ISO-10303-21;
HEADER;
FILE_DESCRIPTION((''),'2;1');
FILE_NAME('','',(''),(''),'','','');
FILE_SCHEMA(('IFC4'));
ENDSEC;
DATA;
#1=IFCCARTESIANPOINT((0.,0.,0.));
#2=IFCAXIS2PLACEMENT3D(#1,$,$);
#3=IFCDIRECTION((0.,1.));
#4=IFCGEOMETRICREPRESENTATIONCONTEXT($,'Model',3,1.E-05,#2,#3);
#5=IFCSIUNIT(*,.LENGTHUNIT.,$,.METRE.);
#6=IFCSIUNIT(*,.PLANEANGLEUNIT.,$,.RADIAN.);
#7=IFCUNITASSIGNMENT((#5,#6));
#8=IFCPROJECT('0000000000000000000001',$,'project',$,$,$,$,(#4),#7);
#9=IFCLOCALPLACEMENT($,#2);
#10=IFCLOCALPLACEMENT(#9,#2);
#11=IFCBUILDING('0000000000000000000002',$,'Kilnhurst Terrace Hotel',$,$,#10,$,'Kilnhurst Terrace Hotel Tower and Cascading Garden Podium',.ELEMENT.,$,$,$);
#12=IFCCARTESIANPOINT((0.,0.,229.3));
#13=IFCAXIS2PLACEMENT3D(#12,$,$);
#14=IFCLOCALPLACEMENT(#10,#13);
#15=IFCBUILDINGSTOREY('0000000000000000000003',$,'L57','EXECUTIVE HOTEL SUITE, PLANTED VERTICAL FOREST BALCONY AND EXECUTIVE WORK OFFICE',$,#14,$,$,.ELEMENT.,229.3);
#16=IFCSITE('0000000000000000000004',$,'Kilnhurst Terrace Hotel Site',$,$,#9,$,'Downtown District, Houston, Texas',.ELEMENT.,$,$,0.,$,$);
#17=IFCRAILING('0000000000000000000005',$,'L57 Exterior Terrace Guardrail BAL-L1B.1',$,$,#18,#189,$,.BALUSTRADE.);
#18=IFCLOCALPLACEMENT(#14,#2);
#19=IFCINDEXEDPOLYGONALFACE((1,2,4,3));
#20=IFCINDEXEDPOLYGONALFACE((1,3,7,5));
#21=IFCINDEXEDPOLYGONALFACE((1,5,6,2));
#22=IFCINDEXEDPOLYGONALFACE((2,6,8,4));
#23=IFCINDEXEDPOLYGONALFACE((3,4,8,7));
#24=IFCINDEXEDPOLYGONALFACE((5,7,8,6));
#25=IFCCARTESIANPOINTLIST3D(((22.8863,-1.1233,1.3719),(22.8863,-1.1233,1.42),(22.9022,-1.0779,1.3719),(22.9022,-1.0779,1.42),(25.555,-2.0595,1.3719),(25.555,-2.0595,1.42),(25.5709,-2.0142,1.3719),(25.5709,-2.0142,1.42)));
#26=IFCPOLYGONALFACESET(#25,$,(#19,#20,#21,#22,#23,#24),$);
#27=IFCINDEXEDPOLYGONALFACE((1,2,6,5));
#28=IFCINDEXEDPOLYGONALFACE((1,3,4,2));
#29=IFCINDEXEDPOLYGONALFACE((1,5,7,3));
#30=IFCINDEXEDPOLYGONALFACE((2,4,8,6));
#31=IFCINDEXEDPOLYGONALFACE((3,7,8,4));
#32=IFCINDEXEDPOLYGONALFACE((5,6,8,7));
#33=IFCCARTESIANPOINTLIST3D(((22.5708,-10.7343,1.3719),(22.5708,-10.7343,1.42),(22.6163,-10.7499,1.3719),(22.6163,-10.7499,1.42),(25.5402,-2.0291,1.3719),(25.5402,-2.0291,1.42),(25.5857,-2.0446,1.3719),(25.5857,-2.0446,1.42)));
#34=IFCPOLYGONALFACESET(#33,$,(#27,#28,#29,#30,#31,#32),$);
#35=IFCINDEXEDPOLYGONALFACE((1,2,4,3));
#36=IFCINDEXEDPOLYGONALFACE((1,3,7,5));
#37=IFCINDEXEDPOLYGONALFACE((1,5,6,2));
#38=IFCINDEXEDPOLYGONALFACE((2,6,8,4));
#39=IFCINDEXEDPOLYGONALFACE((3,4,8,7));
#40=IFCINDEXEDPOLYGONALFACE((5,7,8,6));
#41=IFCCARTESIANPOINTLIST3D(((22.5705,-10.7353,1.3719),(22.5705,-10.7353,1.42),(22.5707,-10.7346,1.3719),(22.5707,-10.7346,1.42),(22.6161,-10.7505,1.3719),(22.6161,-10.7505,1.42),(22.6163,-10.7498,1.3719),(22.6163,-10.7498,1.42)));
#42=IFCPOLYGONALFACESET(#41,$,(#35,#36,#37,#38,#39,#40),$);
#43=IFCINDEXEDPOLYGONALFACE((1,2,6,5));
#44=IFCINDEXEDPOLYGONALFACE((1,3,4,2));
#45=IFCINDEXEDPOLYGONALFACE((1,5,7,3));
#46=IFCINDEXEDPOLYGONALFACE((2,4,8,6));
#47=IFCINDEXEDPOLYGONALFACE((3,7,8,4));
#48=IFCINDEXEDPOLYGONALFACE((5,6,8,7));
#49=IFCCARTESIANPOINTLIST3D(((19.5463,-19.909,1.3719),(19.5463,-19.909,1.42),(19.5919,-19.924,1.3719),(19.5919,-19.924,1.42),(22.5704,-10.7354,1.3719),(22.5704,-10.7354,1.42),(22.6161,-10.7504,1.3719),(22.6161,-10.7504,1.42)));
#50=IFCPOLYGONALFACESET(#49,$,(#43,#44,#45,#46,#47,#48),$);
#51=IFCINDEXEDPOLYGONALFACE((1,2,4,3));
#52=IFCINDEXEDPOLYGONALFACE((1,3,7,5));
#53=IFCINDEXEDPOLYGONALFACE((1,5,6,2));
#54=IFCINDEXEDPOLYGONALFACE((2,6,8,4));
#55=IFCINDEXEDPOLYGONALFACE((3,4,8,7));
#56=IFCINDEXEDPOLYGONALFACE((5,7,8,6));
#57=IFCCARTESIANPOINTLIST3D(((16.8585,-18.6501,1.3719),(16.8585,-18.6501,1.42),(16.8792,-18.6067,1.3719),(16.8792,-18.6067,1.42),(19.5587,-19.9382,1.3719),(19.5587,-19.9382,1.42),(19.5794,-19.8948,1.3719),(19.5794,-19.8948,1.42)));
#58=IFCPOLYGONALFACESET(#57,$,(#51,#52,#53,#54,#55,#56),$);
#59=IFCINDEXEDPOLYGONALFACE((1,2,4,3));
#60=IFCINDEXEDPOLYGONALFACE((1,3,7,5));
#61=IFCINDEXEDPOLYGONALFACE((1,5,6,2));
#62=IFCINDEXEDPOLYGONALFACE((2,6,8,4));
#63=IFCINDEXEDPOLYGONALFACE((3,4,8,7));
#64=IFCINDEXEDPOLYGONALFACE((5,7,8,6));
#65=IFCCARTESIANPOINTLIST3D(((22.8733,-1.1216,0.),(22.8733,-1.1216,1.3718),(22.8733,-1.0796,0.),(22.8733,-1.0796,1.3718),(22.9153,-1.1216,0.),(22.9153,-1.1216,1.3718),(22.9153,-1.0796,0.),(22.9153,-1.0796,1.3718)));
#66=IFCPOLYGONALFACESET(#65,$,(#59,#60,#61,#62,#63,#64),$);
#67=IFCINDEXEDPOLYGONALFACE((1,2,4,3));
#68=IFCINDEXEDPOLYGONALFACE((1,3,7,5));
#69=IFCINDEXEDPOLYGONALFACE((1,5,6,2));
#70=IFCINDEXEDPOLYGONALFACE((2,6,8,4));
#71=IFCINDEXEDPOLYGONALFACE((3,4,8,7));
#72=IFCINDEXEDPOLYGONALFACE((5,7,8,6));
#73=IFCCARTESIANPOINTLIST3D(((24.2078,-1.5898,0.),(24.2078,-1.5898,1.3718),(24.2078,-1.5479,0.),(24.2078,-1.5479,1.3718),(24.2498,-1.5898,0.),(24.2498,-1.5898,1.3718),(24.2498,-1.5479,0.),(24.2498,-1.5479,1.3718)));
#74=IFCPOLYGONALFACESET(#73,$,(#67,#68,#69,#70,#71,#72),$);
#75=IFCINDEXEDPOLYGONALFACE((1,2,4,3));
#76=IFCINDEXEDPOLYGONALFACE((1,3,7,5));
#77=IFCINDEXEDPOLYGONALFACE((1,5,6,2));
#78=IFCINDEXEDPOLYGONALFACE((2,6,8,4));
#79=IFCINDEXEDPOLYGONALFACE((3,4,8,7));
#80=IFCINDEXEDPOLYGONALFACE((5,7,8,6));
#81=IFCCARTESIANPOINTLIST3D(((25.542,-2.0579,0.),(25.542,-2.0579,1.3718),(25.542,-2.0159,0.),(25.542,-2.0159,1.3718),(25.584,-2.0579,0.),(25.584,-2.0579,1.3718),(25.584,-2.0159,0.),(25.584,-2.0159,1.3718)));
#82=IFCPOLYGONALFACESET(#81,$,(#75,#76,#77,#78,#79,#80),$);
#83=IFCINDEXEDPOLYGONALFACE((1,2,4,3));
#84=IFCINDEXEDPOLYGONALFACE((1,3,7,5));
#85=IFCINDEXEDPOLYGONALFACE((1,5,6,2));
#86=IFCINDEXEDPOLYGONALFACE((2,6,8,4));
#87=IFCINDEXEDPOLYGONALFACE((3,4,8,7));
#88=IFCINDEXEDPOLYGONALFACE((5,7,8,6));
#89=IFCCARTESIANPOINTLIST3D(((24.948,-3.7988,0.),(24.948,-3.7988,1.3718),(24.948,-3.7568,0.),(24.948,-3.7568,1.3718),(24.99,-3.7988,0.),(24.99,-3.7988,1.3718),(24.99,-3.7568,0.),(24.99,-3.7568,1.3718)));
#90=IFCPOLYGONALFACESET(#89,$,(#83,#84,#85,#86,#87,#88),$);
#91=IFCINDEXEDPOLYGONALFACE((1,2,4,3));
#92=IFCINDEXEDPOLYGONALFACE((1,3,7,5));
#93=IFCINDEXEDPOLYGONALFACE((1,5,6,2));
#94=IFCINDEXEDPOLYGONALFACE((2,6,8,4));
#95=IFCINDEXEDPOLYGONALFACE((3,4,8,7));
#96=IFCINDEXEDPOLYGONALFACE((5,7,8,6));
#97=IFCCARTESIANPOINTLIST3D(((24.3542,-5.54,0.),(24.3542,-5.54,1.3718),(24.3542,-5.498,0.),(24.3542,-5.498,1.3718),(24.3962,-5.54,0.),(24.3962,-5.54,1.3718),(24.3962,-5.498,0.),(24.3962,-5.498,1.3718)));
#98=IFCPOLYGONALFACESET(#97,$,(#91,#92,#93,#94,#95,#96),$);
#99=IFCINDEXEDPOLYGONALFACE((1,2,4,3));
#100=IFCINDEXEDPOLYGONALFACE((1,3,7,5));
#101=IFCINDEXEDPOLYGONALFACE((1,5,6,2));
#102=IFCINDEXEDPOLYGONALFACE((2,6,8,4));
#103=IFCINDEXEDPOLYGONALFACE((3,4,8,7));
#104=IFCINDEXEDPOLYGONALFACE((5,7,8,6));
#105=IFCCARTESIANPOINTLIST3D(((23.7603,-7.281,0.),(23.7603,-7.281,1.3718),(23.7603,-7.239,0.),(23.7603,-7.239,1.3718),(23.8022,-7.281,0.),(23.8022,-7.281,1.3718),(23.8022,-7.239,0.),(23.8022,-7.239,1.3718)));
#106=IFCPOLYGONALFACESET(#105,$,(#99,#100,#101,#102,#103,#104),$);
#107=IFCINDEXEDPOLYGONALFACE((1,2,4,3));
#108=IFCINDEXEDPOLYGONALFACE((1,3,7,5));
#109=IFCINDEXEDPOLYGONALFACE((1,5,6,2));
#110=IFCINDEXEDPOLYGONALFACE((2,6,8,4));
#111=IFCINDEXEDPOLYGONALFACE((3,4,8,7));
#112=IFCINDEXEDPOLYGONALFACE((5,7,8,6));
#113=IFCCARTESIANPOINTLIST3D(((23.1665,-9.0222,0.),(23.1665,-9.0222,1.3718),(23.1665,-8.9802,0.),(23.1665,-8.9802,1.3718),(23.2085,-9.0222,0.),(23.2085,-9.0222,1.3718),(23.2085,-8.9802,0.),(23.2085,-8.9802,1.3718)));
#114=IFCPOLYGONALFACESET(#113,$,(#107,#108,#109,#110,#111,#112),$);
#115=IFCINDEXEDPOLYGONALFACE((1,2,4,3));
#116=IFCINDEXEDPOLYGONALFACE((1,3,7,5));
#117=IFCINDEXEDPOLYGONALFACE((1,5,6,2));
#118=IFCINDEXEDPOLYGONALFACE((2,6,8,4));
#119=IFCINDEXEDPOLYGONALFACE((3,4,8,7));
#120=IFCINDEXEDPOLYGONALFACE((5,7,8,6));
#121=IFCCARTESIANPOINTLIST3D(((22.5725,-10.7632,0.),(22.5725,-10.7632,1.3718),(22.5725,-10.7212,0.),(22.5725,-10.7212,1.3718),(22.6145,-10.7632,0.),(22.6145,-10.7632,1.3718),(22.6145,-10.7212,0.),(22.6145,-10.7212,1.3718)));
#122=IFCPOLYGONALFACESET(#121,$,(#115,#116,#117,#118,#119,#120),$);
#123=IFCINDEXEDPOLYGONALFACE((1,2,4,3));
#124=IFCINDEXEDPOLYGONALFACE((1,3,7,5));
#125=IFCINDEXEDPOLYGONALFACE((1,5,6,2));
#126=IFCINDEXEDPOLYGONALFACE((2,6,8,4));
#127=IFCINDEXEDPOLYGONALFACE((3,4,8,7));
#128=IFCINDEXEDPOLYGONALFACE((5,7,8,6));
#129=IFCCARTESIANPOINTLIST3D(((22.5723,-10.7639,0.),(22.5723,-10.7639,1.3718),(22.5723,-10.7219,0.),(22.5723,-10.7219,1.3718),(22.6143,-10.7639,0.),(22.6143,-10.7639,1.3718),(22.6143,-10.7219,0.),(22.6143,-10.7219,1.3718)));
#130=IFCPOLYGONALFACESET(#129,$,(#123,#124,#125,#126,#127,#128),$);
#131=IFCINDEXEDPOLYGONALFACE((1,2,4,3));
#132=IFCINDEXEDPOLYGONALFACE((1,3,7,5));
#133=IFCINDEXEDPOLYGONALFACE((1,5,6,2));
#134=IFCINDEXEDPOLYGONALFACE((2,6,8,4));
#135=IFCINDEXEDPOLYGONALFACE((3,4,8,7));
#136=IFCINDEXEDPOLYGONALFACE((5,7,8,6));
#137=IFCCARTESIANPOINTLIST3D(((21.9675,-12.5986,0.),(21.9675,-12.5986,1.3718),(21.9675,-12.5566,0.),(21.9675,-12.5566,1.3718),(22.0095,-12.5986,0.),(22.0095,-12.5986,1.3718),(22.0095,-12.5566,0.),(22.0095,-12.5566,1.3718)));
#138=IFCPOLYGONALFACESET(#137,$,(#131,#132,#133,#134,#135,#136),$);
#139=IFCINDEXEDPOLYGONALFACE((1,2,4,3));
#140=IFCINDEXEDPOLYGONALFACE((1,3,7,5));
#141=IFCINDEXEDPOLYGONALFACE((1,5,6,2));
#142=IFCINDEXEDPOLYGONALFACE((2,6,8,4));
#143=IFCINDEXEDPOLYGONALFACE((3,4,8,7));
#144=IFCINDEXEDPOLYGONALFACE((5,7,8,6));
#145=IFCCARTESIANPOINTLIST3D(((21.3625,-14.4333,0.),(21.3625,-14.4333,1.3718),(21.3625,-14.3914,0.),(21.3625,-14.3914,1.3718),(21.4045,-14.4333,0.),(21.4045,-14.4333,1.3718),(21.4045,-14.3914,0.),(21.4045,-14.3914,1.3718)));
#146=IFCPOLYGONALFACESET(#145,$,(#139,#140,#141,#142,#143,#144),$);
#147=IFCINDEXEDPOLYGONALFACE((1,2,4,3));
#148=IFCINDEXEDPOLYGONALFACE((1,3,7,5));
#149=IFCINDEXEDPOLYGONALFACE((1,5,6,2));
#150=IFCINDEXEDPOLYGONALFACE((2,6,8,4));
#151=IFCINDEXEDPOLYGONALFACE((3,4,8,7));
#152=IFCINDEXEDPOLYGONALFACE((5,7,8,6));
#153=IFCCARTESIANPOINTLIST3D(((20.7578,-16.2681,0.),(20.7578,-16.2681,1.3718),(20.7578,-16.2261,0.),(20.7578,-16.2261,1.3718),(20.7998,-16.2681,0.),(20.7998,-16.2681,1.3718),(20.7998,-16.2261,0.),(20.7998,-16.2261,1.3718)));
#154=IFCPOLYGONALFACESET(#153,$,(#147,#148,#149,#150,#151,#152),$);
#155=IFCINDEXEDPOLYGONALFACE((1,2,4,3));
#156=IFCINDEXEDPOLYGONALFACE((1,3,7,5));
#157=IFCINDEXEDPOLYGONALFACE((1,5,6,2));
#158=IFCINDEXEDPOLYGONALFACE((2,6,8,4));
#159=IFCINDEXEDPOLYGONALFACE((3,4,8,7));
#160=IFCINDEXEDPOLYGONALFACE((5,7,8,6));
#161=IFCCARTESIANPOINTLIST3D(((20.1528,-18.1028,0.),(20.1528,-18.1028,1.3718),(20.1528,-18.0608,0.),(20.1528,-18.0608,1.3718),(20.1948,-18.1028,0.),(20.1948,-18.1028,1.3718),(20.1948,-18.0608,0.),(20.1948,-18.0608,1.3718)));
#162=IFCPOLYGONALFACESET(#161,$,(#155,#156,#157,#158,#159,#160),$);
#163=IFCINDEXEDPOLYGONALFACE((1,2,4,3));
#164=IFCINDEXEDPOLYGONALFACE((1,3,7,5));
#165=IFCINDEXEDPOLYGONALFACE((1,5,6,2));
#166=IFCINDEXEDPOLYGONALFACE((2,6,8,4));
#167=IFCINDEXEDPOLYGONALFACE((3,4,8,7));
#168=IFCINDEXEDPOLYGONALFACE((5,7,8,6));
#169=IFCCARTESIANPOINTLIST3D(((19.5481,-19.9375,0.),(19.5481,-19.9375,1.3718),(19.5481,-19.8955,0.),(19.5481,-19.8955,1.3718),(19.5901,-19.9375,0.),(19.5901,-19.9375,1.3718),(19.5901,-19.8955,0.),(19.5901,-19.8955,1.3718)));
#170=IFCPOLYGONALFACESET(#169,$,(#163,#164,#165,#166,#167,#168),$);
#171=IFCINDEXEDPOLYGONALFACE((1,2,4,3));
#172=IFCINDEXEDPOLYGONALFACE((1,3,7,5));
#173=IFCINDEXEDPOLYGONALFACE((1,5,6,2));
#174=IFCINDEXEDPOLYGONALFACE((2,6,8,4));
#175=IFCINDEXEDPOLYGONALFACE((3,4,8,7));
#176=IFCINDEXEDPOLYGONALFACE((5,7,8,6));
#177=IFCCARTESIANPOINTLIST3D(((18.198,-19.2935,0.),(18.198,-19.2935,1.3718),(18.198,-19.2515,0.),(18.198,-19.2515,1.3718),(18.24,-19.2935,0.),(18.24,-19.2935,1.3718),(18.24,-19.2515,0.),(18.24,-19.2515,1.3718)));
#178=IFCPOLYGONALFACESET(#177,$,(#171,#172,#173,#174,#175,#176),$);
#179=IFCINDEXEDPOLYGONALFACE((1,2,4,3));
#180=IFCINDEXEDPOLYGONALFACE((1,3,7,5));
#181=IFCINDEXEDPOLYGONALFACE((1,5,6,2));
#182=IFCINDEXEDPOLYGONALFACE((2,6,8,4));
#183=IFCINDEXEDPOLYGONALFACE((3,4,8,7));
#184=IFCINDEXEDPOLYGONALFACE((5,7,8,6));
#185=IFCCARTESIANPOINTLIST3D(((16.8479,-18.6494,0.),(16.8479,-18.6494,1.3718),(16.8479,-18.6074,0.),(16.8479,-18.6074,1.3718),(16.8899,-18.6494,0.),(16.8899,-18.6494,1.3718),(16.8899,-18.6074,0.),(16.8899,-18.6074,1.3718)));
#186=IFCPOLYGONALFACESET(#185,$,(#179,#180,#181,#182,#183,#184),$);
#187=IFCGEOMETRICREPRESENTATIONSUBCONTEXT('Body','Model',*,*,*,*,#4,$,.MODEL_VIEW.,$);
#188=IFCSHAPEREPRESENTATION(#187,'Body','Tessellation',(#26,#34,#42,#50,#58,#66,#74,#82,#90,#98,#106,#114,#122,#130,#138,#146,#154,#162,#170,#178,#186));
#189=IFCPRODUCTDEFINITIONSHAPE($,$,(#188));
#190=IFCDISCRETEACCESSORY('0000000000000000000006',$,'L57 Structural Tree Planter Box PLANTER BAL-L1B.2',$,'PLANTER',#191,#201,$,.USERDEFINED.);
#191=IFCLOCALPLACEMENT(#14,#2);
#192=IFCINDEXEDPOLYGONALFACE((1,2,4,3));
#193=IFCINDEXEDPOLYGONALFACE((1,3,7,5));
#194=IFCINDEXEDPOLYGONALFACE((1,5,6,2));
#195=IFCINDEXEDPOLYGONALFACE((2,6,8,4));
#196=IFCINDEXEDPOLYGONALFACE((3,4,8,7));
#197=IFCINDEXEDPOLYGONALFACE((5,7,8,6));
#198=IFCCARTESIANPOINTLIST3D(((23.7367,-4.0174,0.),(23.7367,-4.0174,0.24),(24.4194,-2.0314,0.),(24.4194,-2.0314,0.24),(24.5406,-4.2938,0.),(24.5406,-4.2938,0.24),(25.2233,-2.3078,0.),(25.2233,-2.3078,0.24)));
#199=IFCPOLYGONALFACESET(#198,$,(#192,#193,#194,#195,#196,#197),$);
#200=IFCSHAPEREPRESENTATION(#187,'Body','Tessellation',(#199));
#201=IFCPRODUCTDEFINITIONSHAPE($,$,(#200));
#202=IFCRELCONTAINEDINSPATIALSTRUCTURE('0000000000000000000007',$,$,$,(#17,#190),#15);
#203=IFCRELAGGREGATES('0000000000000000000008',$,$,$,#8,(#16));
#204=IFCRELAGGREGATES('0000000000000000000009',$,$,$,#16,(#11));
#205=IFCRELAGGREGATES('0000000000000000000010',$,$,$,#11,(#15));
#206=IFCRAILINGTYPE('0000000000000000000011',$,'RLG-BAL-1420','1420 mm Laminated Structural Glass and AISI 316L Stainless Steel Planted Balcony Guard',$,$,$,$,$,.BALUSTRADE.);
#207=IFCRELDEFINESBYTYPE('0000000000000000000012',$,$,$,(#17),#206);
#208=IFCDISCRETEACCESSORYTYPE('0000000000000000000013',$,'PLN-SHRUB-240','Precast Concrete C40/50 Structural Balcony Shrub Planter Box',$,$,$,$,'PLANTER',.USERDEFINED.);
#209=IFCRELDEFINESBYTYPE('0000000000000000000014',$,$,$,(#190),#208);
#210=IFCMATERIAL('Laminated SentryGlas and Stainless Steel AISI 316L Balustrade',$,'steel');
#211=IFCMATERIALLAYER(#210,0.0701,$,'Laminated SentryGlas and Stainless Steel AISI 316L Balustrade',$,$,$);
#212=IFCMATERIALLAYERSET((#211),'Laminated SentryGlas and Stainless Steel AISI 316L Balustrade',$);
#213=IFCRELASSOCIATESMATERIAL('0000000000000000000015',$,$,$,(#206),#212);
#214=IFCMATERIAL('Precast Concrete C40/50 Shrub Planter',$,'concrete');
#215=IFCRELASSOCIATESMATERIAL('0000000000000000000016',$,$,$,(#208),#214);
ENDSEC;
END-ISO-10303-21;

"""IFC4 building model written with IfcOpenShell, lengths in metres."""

from ifc_helpers import new_model, si_unit, direction, frame, origin, origin_2d, place, context, subcontext, project, spatial, rectangle, extrude, material, layer, layer_set, type_object, element, save


model = new_model("IFC4")

# Units and contexts
model_context = context("Model", 3, precision=1e-05, world=origin(), true_north=direction((0.0, 1.0)))
body_context = subcontext(model_context, "Body", "Model", "MODEL_VIEW")
ifc_project = project(units=[si_unit("LENGTHUNIT", "METRE"), si_unit("PLANEANGLEUNIT", "RADIAN")], contexts=[model_context])

# Site, building, storey
site_placement = place(None, origin())
site = spatial("IfcSite", under=ifc_project, at=site_placement, Name="Kilnhurst Terrace Hotel Site", LongName="Downtown District, Houston, Texas", CompositionType="ELEMENT", RefElevation=0.0)
building_placement = place(site_placement, origin())
building = spatial("IfcBuilding", under=site, at=building_placement, Name="Kilnhurst Terrace Hotel", LongName="Kilnhurst Terrace Hotel Tower and Cascading Garden Podium", CompositionType="ELEMENT")
storey_placement = place(building_placement, frame((0.0, 0.0, 229.3)))
storey = spatial("IfcBuildingStorey", under=building, at=storey_placement, Name="L57", Description="EXECUTIVE HOTEL SUITE, PLANTED VERTICAL FOREST BALCONY AND EXECUTIVE WORK OFFICE", CompositionType="ELEMENT", Elevation=229.3)

# Railing
ifc_material_1 = material(Name="Laminated SentryGlas and Stainless Steel AISI 316L Balustrade", Category="steel")
ifc_layer_1 = layer(ifc_material_1, 0.0701, Name="Laminated SentryGlas and Stainless Steel AISI 316L Balustrade")
ifc_layer_set_1 = layer_set([ifc_layer_1], Name="Laminated SentryGlas and Stainless Steel AISI 316L Balustrade")
railing_type = type_object("IfcRailingType", Name="RLG-BAL-1420", Description="1420 mm Laminated Structural Glass and AISI 316L Stainless Steel Planted Balcony Guard", PredefinedType="BALUSTRADE", material=ifc_layer_set_1)
railing_placement = place(storey_placement, frame((22.8943, -1.1006, 0.0)))
element("IfcRailing", 1, at=railing_placement, inside=storey, type_object=railing_type, Name="L57 Exterior Terrace Guardrail BAL-L1B.1", PredefinedType="BALUSTRADE", context=body_context, shape_type="SweptSolid", body=[
    extrude(rectangle(XDim=0.0481, YDim=0.0481, at=origin_2d()), frame((0.0, 0.0, 1.396), z_axis=(0.943612, -0.331054, 0.0), x_axis=(0.331054, 0.943612, 0.0)), (0.0, 0.0, 1.0), 2.8281),
    extrude(rectangle(XDim=0.0481, YDim=0.0481, at=origin_2d()), frame((2.6687, -0.9363, 1.396), z_axis=(-0.322845, -0.946452, 0.0), x_axis=(0.946452, -0.322845, 0.0)), (0.0, 0.0, 1.0), 9.1978),
    extrude(rectangle(XDim=0.0481, YDim=0.0481, at=origin_2d()), frame((-0.3008, -9.6416, 1.396), z_axis=(-0.316228, -0.948683, 0.0), x_axis=(0.948683, -0.316228, 0.0)), (0.0, 0.0, 1.0), 0.0007),
    extrude(rectangle(XDim=0.0481, YDim=0.0481, at=origin_2d()), frame((-0.301, -9.6423, 1.396), z_axis=(-0.313087, -0.949725, 0.0), x_axis=(0.949725, -0.313087, 0.0)), (0.0, 0.0, 1.0), 9.6592),
    extrude(rectangle(XDim=0.0481, YDim=0.0481, at=origin_2d()), frame((-3.3252, -18.8159, 1.396), z_axis=(-0.902565, 0.430554, 0.0), x_axis=(-0.430554, -0.902565, 0.0)), (0.0, 0.0, 1.0), 2.9917),
    extrude(rectangle(XDim=0.042, YDim=0.042, at=origin_2d()), origin(), (0.0, 0.0, 1.0), 1.3718),
    extrude(rectangle(XDim=0.042, YDim=0.042, at=origin_2d()), frame((1.3345, -0.4683, 0.0)), (0.0, 0.0, 1.0), 1.3718),
    extrude(rectangle(XDim=0.042, YDim=0.042, at=origin_2d()), frame((2.6687, -0.9363, 0.0)), (0.0, 0.0, 1.0), 1.3718),
    extrude(rectangle(XDim=0.042, YDim=0.042, at=origin_2d()), frame((2.0747, -2.6772, 0.0)), (0.0, 0.0, 1.0), 1.3718),
    extrude(rectangle(XDim=0.042, YDim=0.042, at=origin_2d()), frame((1.481, -4.4185, 0.0)), (0.0, 0.0, 1.0), 1.3718),
    extrude(rectangle(XDim=0.042, YDim=0.042, at=origin_2d()), frame((0.887, -6.1594, 0.0)), (0.0, 0.0, 1.0), 1.3718),
    extrude(rectangle(XDim=0.042, YDim=0.042, at=origin_2d()), frame((0.2932, -7.9006, 0.0)), (0.0, 0.0, 1.0), 1.3718),
    extrude(rectangle(XDim=0.042, YDim=0.042, at=origin_2d()), frame((-0.3008, -9.6416, 0.0)), (0.0, 0.0, 1.0), 1.3718),
    extrude(rectangle(XDim=0.042, YDim=0.042, at=origin_2d()), frame((-0.301, -9.6423, 0.0)), (0.0, 0.0, 1.0), 1.3718),
    extrude(rectangle(XDim=0.042, YDim=0.042, at=origin_2d()), frame((-0.9058, -11.4771, 0.0)), (0.0, 0.0, 1.0), 1.3718),
    extrude(rectangle(XDim=0.042, YDim=0.042, at=origin_2d()), frame((-1.5107, -13.3118, 0.0)), (0.0, 0.0, 1.0), 1.3718),
    extrude(rectangle(XDim=0.042, YDim=0.042, at=origin_2d()), frame((-2.1155, -15.1465, 0.0)), (0.0, 0.0, 1.0), 1.3718),
    extrude(rectangle(XDim=0.042, YDim=0.042, at=origin_2d()), frame((-2.7205, -16.9812, 0.0)), (0.0, 0.0, 1.0), 1.3718),
    extrude(rectangle(XDim=0.042, YDim=0.042, at=origin_2d()), frame((-3.3252, -18.8159, 0.0)), (0.0, 0.0, 1.0), 1.3718),
    extrude(rectangle(XDim=0.042, YDim=0.042, at=origin_2d()), frame((-4.6753, -18.1719, 0.0)), (0.0, 0.0, 1.0), 1.3718),
    extrude(rectangle(XDim=0.042, YDim=0.042, at=origin_2d()), frame((-6.0254, -17.5278, 0.0)), (0.0, 0.0, 1.0), 1.3718),
])

# Discrete accessory
ifc_material_2 = material(Name="Precast Concrete C40/50 Shrub Planter", Category="concrete")
discrete_accessory_type = type_object("IfcDiscreteAccessoryType", Name="PLN-SHRUB-240", Description="Precast Concrete C40/50 Structural Balcony Shrub Planter Box", ElementType="PLANTER", PredefinedType="USERDEFINED", material=ifc_material_2)
discrete_accessory_placement = place(storey_placement, frame((24.48, -3.1626, 0.0), z_axis=(0.0, 0.0, 1.0), x_axis=(0.32509, 0.945683, 0.0)))
element("IfcDiscreteAccessory", 2, at=discrete_accessory_placement, inside=storey, type_object=discrete_accessory_type, Name="L57 Structural Tree Planter Box PLANTER BAL-L1B.2", ObjectType="PLANTER", PredefinedType="USERDEFINED", context=body_context, shape_type="SweptSolid", body=[
    extrude(rectangle(XDim=2.1001, YDim=0.8501, at=origin_2d()), origin(), (0.0, 0.0, 1.0), 0.24),
])

save(model, "model.ifc")
